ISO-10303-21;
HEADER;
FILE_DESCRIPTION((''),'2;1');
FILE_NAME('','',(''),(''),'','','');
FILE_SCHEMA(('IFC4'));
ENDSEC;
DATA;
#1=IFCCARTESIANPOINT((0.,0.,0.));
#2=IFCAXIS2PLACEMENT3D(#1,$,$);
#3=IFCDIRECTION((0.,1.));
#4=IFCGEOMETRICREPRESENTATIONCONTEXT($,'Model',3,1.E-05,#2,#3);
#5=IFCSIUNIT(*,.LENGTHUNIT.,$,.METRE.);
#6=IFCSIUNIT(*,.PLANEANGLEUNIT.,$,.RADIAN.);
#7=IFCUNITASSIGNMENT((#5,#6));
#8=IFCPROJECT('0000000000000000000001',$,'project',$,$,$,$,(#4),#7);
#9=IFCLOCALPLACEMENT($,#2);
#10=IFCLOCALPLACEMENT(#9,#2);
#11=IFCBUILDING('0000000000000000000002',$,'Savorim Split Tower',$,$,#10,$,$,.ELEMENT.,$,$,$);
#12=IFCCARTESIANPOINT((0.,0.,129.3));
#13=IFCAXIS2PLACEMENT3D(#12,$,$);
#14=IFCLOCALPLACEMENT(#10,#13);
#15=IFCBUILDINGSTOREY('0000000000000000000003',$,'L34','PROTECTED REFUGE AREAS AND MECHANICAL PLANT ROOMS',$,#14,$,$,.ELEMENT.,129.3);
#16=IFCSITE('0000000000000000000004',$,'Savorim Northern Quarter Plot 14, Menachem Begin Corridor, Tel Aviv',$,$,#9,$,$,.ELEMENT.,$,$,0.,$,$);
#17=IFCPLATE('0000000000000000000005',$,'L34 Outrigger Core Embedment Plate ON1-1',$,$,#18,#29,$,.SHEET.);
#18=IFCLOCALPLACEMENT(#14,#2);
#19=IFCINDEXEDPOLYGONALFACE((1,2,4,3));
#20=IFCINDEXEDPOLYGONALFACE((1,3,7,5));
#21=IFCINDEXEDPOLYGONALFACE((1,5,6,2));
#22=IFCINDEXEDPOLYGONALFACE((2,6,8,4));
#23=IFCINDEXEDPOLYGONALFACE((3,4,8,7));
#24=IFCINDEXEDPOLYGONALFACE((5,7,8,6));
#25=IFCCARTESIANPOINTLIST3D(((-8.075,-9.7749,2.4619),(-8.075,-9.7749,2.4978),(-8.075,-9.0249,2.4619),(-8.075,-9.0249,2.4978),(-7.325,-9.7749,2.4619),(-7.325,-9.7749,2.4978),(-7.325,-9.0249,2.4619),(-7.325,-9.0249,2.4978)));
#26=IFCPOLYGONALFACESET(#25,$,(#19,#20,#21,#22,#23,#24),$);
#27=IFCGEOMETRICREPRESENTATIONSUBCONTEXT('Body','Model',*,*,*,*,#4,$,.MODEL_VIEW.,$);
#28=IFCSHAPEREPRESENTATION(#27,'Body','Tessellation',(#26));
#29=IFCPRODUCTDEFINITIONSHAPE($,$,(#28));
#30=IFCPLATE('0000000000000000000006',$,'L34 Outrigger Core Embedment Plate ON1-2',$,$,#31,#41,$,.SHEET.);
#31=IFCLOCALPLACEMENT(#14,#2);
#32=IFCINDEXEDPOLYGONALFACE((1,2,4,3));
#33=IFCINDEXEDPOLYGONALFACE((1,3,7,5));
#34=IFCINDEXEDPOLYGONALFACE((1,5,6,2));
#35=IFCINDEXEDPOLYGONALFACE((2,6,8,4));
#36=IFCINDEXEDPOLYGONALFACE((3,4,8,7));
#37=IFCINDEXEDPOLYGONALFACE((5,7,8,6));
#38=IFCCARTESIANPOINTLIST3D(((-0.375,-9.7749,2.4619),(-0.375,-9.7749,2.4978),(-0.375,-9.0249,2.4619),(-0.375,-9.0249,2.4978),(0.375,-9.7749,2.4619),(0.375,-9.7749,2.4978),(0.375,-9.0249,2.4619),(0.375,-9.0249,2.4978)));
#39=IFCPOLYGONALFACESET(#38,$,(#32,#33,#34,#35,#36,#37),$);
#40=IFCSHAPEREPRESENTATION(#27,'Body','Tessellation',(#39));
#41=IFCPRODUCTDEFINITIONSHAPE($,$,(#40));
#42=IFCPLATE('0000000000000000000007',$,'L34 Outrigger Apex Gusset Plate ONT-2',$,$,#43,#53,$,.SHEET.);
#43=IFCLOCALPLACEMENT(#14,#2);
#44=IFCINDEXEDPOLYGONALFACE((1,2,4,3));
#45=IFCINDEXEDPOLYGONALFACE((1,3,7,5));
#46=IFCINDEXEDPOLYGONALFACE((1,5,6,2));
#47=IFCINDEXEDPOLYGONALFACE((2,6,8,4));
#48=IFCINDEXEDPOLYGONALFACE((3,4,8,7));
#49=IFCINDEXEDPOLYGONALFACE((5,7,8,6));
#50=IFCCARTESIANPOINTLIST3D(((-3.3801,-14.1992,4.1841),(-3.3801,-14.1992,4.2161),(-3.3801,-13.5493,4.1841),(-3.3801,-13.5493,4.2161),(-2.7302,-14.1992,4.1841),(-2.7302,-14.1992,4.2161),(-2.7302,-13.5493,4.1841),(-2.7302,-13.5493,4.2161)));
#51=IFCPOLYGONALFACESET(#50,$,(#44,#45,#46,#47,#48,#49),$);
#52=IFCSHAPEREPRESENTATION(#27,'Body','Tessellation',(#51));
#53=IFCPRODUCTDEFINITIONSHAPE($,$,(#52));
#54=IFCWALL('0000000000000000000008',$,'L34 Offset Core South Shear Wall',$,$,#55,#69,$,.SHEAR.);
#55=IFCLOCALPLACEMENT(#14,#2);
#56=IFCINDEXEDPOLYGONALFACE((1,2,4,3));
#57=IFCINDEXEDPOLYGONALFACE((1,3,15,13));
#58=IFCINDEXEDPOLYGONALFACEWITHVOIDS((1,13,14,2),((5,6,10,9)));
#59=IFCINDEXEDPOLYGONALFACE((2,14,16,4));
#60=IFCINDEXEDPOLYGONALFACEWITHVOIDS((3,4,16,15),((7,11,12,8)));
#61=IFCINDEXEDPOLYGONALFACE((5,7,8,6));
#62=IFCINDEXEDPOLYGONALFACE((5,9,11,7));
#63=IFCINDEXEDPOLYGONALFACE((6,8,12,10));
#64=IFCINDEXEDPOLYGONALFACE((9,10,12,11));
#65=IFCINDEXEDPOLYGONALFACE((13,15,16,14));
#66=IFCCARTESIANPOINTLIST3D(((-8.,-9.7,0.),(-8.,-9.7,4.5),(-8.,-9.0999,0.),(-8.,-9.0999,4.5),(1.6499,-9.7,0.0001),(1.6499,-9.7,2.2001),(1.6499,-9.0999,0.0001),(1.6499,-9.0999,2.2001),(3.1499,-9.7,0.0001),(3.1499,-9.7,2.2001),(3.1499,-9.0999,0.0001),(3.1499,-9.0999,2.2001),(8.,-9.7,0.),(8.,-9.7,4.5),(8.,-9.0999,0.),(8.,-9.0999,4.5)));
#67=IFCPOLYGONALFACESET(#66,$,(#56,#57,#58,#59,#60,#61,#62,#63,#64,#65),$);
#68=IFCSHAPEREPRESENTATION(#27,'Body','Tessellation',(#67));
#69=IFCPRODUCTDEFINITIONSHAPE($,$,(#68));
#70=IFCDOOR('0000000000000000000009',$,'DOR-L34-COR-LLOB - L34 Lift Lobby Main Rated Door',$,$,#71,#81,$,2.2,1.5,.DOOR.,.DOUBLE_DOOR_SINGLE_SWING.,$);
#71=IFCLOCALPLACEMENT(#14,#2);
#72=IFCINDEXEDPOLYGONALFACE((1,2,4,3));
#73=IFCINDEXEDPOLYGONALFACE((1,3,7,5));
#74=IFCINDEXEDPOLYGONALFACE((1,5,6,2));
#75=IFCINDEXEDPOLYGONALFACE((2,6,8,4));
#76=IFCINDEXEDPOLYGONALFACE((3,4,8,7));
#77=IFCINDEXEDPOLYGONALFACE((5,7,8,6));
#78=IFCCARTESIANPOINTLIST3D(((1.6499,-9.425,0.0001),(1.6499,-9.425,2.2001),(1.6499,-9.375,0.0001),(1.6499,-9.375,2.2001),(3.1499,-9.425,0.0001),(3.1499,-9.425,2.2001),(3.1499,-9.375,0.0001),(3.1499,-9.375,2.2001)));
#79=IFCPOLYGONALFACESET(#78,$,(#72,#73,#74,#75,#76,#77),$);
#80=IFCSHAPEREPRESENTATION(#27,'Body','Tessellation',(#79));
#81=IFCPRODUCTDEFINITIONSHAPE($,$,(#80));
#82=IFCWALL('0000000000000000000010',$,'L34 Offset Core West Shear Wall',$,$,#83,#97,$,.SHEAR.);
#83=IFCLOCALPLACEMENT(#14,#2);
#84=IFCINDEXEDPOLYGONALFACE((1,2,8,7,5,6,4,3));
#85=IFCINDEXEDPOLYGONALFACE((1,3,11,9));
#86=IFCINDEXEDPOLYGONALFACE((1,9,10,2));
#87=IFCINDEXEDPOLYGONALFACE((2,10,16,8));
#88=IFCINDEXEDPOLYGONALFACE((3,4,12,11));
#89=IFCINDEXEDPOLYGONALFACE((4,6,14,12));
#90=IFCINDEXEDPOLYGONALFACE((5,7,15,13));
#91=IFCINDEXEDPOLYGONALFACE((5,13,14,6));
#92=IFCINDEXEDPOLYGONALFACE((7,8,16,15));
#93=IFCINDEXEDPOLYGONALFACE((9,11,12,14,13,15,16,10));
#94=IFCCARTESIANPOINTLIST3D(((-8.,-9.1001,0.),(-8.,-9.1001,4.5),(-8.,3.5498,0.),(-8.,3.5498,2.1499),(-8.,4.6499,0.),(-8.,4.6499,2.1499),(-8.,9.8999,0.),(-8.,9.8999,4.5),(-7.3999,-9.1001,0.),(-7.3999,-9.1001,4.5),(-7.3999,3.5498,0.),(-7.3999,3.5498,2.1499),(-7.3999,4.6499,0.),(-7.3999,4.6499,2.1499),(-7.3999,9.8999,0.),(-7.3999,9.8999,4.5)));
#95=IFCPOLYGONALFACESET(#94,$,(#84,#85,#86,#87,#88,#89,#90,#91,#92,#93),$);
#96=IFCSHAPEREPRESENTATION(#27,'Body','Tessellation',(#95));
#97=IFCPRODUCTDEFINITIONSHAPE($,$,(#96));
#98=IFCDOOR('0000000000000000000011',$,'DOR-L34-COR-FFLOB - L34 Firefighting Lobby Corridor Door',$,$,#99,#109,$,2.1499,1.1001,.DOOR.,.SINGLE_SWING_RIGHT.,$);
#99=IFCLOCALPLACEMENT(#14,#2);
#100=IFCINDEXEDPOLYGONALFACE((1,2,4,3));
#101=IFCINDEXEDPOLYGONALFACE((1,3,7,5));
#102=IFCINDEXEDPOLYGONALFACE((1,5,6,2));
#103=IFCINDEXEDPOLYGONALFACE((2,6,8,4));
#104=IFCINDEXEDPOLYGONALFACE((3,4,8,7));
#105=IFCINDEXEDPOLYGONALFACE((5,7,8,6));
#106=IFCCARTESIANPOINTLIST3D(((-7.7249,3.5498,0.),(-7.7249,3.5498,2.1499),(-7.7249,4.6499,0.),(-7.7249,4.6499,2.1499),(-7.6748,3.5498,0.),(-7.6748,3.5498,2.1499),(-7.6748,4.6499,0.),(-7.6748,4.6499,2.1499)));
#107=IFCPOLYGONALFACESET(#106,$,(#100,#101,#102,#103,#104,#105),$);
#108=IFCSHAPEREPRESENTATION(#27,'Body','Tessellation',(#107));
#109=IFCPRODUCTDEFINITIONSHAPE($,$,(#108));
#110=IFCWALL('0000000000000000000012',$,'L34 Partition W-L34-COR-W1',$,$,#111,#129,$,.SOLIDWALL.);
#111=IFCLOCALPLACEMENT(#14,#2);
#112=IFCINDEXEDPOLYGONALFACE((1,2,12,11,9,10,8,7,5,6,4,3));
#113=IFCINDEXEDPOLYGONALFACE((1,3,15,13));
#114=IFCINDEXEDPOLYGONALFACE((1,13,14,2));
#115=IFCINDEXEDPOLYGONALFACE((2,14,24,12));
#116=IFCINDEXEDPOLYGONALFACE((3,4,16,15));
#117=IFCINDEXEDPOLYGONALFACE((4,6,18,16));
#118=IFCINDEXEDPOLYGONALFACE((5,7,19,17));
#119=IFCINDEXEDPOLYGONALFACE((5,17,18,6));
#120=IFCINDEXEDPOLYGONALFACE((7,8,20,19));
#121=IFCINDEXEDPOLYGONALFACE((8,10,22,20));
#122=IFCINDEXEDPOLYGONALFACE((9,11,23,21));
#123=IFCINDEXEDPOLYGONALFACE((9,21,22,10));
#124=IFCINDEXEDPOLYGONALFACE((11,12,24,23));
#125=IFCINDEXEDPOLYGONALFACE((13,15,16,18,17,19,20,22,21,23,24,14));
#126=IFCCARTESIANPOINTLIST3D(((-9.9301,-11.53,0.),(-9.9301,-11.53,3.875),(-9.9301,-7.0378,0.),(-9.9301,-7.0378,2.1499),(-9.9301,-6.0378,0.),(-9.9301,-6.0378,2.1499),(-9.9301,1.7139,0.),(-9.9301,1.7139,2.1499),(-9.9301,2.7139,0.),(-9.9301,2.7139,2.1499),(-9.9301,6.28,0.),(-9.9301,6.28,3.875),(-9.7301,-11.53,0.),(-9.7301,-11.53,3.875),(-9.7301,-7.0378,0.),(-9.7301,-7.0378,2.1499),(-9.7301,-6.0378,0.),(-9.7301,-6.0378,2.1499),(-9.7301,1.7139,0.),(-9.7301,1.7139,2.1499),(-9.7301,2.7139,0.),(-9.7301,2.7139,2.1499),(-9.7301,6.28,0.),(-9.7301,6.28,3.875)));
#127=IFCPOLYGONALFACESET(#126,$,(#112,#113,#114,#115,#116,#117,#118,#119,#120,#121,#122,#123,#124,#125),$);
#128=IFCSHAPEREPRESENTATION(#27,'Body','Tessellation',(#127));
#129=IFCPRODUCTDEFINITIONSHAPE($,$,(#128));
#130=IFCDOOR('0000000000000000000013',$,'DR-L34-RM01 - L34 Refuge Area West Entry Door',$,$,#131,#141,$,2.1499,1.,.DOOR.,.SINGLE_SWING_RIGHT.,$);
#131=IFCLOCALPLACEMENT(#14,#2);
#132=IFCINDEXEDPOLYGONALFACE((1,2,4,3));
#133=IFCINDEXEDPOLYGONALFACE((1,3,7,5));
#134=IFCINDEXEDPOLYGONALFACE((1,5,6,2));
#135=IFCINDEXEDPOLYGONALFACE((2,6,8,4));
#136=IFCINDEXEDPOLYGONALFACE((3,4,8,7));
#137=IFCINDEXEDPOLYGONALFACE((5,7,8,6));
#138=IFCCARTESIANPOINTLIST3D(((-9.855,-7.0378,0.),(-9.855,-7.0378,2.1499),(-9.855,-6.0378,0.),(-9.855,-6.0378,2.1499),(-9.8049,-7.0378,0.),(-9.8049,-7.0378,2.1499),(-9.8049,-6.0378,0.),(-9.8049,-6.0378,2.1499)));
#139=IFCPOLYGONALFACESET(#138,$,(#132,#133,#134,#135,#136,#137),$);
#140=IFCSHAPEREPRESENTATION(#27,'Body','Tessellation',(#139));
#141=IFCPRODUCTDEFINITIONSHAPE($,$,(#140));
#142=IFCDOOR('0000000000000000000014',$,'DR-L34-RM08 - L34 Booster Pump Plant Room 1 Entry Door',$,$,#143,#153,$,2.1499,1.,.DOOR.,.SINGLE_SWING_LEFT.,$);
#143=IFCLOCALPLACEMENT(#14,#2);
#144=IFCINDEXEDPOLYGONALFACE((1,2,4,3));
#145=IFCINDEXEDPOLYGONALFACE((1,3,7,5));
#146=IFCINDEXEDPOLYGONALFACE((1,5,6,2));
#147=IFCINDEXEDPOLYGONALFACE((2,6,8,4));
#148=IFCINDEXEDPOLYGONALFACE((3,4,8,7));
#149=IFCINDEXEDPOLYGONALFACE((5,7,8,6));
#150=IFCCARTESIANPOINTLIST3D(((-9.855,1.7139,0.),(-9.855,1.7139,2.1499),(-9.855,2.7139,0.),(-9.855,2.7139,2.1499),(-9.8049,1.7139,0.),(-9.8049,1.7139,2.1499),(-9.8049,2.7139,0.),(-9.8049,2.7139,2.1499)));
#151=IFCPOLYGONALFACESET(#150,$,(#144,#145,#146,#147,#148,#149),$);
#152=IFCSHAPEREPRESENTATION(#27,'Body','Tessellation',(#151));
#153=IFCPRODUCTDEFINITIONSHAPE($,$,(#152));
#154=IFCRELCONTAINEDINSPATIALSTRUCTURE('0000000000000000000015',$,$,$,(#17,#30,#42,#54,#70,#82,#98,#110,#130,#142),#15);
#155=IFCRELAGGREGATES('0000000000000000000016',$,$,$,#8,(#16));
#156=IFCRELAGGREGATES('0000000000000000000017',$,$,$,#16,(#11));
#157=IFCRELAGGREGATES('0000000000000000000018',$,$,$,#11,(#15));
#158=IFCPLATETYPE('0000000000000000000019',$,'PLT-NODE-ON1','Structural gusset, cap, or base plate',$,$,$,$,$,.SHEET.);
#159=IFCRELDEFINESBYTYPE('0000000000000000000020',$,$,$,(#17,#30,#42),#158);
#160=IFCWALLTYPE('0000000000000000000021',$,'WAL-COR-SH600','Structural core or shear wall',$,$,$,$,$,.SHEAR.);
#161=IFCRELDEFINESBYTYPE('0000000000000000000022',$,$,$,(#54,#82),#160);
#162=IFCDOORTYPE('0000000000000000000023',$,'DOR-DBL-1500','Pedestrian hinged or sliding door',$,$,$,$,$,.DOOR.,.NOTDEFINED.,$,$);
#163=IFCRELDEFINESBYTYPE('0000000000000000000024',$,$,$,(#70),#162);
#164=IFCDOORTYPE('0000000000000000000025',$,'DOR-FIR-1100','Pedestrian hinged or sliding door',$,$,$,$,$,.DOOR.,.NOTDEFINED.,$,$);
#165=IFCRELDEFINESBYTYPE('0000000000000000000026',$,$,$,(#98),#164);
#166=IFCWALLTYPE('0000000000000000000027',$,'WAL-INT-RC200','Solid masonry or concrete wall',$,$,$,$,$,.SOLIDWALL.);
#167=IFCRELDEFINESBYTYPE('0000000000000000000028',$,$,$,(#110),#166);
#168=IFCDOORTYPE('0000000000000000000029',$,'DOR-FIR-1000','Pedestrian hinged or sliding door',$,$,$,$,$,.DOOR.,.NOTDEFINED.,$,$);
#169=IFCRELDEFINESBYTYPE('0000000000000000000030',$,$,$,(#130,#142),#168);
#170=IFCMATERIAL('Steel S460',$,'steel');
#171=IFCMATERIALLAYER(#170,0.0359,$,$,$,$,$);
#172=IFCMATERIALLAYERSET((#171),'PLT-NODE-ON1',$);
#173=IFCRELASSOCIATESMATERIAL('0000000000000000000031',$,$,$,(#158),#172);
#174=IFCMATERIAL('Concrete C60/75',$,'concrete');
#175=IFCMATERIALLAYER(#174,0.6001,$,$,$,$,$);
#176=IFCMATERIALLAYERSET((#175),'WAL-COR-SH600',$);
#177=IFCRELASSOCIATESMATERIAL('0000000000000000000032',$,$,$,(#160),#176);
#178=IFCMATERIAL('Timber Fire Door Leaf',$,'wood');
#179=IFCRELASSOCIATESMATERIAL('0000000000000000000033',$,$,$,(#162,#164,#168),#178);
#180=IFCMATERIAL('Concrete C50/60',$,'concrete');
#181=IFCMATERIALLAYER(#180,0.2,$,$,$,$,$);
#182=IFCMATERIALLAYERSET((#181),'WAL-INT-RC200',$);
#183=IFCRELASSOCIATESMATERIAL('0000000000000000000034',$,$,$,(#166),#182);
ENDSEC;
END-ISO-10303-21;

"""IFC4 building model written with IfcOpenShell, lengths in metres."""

from ifc_helpers import new_model, si_unit, direction, frame, frame_2d, origin, origin_2d, place, context, subcontext, project, spatial, rectangle, extrude, material, layer, layer_set, type_object, element, fill, save


model = new_model("IFC4")

# Units and contexts
model_context = context("Model", 3, precision=1e-05, world=origin(), true_north=direction((0.0, 1.0)))
body_context = subcontext(model_context, "Body", "Model", "MODEL_VIEW")
ifc_project = project(units=[si_unit("LENGTHUNIT", "METRE"), si_unit("PLANEANGLEUNIT", "RADIAN")], contexts=[model_context])

# Site, building, storey
site_placement = place(None, origin())
site = spatial("IfcSite", under=ifc_project, at=site_placement, Name="Savorim Northern Quarter Plot 14, Menachem Begin Corridor, Tel Aviv", CompositionType="ELEMENT", RefElevation=0.0)
building_placement = place(site_placement, origin())
building = spatial("IfcBuilding", under=site, at=building_placement, Name="Savorim Split Tower", CompositionType="ELEMENT")
storey_placement = place(building_placement, frame((0.0, 0.0, 129.3)))
storey = spatial("IfcBuildingStorey", under=building, at=storey_placement, Name="L34", Description="PROTECTED REFUGE AREAS AND MECHANICAL PLANT ROOMS", CompositionType="ELEMENT", Elevation=129.3)

# Shared definitions
ifc_material_1 = material(Name="Steel S460", Category="steel")

# Plates
ifc_layer_1 = layer(ifc_material_1, 0.0359)
ifc_layer_set_1 = layer_set([ifc_layer_1], Name="PLT-NODE-ON1")
plate_type_1 = type_object("IfcPlateType", Name="PLT-NODE-ON1", Description="Structural gusset, cap, or base plate", PredefinedType="SHEET", material=ifc_layer_set_1)
for number, where, z_axis, x_axis, name in (
    (1, (-7.7, -9.3999, 2.4619), (0.0, 0.0, 1.0), (1.0, 0.0, 0.0), "L34 Outrigger Core Embedment Plate ON1-1"),
    (2, (0.0, -9.3999, 2.4619), (0.0, 0.0, 1.0), (1.0, 0.0, 0.0), "L34 Outrigger Core Embedment Plate ON1-2"),
):
    element("IfcPlate", number, at=place(storey_placement, frame(where, z_axis=z_axis, x_axis=x_axis)), inside=storey, type_object=plate_type_1, Name=name, PredefinedType="SHEET", context=body_context, shape_type="SweptSolid", body=[
        extrude(rectangle(XDim=0.75, YDim=0.75, at=origin_2d()), origin(), (0.0, 0.0, 1.0), 0.0359),
    ])
plate_1_placement = place(storey_placement, frame((-3.0552, -13.8743, 4.1841), z_axis=(0.0, 0.0, 1.0), x_axis=(1.0, 0.0, 0.0)))
element("IfcPlate", 3, at=plate_1_placement, inside=storey, type_object=plate_type_1, Name="L34 Outrigger Apex Gusset Plate ONT-2", PredefinedType="SHEET", context=body_context, shape_type="SweptSolid", body=[
    extrude(rectangle(XDim=0.6499, YDim=0.6499, at=origin_2d()), origin(), (0.0, 0.0, 1.0), 0.032),
])

# Walls, openings, doors
ifc_material_2 = material(Name="Concrete C60/75", Category="concrete")
ifc_layer_2 = layer(ifc_material_2, 0.6001)
ifc_layer_set_2 = layer_set([ifc_layer_2], Name="WAL-COR-SH600")
wall_type_1 = type_object("IfcWallType", Name="WAL-COR-SH600", Description="Structural core or shear wall", PredefinedType="SHEAR", material=ifc_layer_set_2)
wall_1_placement = place(storey_placement, frame((-8.0, -9.3999, 0.0), z_axis=(0.0, 0.0, 1.0), x_axis=(1.0, 0.0, 0.0)))
wall_1 = element("IfcWall", 4, at=wall_1_placement, inside=storey, type_object=wall_type_1, Name="L34 Offset Core South Shear Wall", PredefinedType="SHEAR", context=body_context, shape_type="SweptSolid", body=[
    extrude(rectangle(XDim=16.0, YDim=0.6001, at=frame_2d((8.0, 0.0))), origin(), (0.0, 0.0, 1.0), 4.5),
])
opening_1_placement = place(wall_1_placement, frame((9.6499, 0.0, 0.0)))
opening_1 = element("IfcOpeningElement", 5, at=opening_1_placement, cuts=wall_1, PredefinedType="OPENING", context=body_context, shape_type="SweptSolid", body=[
    extrude(rectangle(XDim=1.5, YDim=2.2, at=frame_2d((0.75, 1.1001))), frame((0.0, 0.3101, 0.0), z_axis=(0.0, -1.0, 0.0), x_axis=(1.0, 0.0, 0.0)), (0.0, 0.0, 1.0), 0.6201),
])
ifc_material_3 = material(Name="Timber Fire Door Leaf", Category="wood")
door_type_1 = type_object("IfcDoorType", Name="DOR-DBL-1500", Description="Pedestrian hinged or sliding door", OperationType="NOTDEFINED", PredefinedType="DOOR", material=ifc_material_3)
door_1_placement = place(opening_1_placement, origin())
door_1 = element("IfcDoor", 6, at=door_1_placement, inside=storey, type_object=door_type_1, Name="DOR-L34-COR-LLOB - L34 Lift Lobby Main Rated Door", OperationType="DOUBLE_DOOR_SINGLE_SWING", OverallHeight=2.2, OverallWidth=1.5, PredefinedType="DOOR", context=body_context, shape_type="SweptSolid", body=[
    extrude(rectangle(XDim=1.5, YDim=2.2, at=frame_2d((0.75, 1.1001))), frame((0.0, 0.0249, 0.0), z_axis=(0.0, -1.0, 0.0), x_axis=(1.0, 0.0, 0.0)), (0.0, 0.0, 1.0), 0.05),
])
fill(opening_1, door_1)
wall_2_placement = place(storey_placement, frame((-7.7, -9.1001, 0.0), z_axis=(0.0, 0.0, 1.0), x_axis=(0.0, 1.0, 0.0)))
wall_2 = element("IfcWall", 7, at=wall_2_placement, inside=storey, type_object=wall_type_1, Name="L34 Offset Core West Shear Wall", PredefinedType="SHEAR", context=body_context, shape_type="SweptSolid", body=[
    extrude(rectangle(XDim=19.0, YDim=0.6001, at=frame_2d((9.5, 0.0))), origin(), (0.0, 0.0, 1.0), 4.5),
])
opening_2_placement = place(wall_2_placement, frame((12.6499, 0.0, 0.0)))
opening_2 = element("IfcOpeningElement", 8, at=opening_2_placement, cuts=wall_2, PredefinedType="OPENING", context=body_context, shape_type="SweptSolid", body=[
    extrude(rectangle(XDim=1.1001, YDim=2.1499, at=frame_2d((0.55, 1.075))), frame((0.0, 0.3101, 0.0), z_axis=(0.0, -1.0, 0.0), x_axis=(1.0, 0.0, 0.0)), (0.0, 0.0, 1.0), 0.6201),
])
door_type_2 = type_object("IfcDoorType", Name="DOR-FIR-1100", Description="Pedestrian hinged or sliding door", OperationType="NOTDEFINED", PredefinedType="DOOR", material=ifc_material_3)
door_2_placement = place(opening_2_placement, origin())
door_2 = element("IfcDoor", 9, at=door_2_placement, inside=storey, type_object=door_type_2, Name="DOR-L34-COR-FFLOB - L34 Firefighting Lobby Corridor Door", OperationType="SINGLE_SWING_RIGHT", OverallHeight=2.1499, OverallWidth=1.1001, PredefinedType="DOOR", context=body_context, shape_type="SweptSolid", body=[
    extrude(rectangle(XDim=1.1001, YDim=2.1499, at=frame_2d((0.55, 1.075))), frame((0.0, 0.0249, 0.0), z_axis=(0.0, -1.0, 0.0), x_axis=(1.0, 0.0, 0.0)), (0.0, 0.0, 1.0), 0.05),
])
fill(opening_2, door_2)

# Wall, openings, doors
ifc_material_4 = material(Name="Concrete C50/60", Category="concrete")
ifc_layer_3 = layer(ifc_material_4, 0.2)
ifc_layer_set_3 = layer_set([ifc_layer_3], Name="WAL-INT-RC200")
wall_type_2 = type_object("IfcWallType", Name="WAL-INT-RC200", Description="Solid masonry or concrete wall", PredefinedType="SOLIDWALL", material=ifc_layer_set_3)
wall_3_placement = place(storey_placement, frame((-9.8301, -11.53, 0.0), z_axis=(0.0, 0.0, 1.0), x_axis=(0.0, 1.0, 0.0)))
wall_3 = element("IfcWall", 10, at=wall_3_placement, inside=storey, type_object=wall_type_2, Name="L34 Partition W-L34-COR-W1", PredefinedType="SOLIDWALL", context=body_context, shape_type="SweptSolid", body=[
    extrude(rectangle(XDim=17.8101, YDim=0.2, at=frame_2d((8.905, 0.0))), origin(), (0.0, 0.0, 1.0), 3.875),
])
opening_3_placement = place(wall_3_placement, frame((4.4922, 0.0, 0.0)))
opening_3 = element("IfcOpeningElement", 11, at=opening_3_placement, cuts=wall_3, PredefinedType="OPENING", context=body_context, shape_type="SweptSolid", body=[
    extrude(rectangle(XDim=1.0, YDim=2.1499, at=frame_2d((0.5, 1.075))), frame((0.0, 0.1099, 0.0), z_axis=(0.0, -1.0, 0.0), x_axis=(1.0, 0.0, 0.0)), (0.0, 0.0, 1.0), 0.22),
])
opening_4_placement = place(wall_3_placement, frame((13.2439, 0.0, 0.0)))
opening_4 = element("IfcOpeningElement", 12, at=opening_4_placement, cuts=wall_3, PredefinedType="OPENING", context=body_context, shape_type="SweptSolid", body=[
    extrude(rectangle(XDim=1.0, YDim=2.1499, at=frame_2d((0.5, 1.075))), frame((0.0, 0.1099, 0.0), z_axis=(0.0, -1.0, 0.0), x_axis=(1.0, 0.0, 0.0)), (0.0, 0.0, 1.0), 0.22),
])
door_type_3 = type_object("IfcDoorType", Name="DOR-FIR-1000", Description="Pedestrian hinged or sliding door", OperationType="NOTDEFINED", PredefinedType="DOOR", material=ifc_material_3)
door_3_placement = place(opening_3_placement, origin())
door_3 = element("IfcDoor", 13, at=door_3_placement, inside=storey, type_object=door_type_3, Name="DR-L34-RM01 - L34 Refuge Area West Entry Door", OperationType="SINGLE_SWING_RIGHT", OverallHeight=2.1499, OverallWidth=1.0, PredefinedType="DOOR", context=body_context, shape_type="SweptSolid", body=[
    extrude(rectangle(XDim=1.0, YDim=2.1499, at=frame_2d((0.5, 1.075))), frame((0.0, 0.0249, 0.0), z_axis=(0.0, -1.0, 0.0), x_axis=(1.0, 0.0, 0.0)), (0.0, 0.0, 1.0), 0.05),
])
fill(opening_3, door_3)
door_4_placement = place(opening_4_placement, origin())
door_4 = element("IfcDoor", 14, at=door_4_placement, inside=storey, type_object=door_type_3, Name="DR-L34-RM08 - L34 Booster Pump Plant Room 1 Entry Door", OperationType="SINGLE_SWING_LEFT", OverallHeight=2.1499, OverallWidth=1.0, PredefinedType="DOOR", context=body_context, shape_type="SweptSolid", body=[
    extrude(rectangle(XDim=1.0, YDim=2.1499, at=frame_2d((0.5, 1.075))), frame((0.0, 0.0249, 0.0), z_axis=(0.0, -1.0, 0.0), x_axis=(1.0, 0.0, 0.0)), (0.0, 0.0, 1.0), 0.05),
])
fill(opening_4, door_4)

save(model, "model.ifc")
